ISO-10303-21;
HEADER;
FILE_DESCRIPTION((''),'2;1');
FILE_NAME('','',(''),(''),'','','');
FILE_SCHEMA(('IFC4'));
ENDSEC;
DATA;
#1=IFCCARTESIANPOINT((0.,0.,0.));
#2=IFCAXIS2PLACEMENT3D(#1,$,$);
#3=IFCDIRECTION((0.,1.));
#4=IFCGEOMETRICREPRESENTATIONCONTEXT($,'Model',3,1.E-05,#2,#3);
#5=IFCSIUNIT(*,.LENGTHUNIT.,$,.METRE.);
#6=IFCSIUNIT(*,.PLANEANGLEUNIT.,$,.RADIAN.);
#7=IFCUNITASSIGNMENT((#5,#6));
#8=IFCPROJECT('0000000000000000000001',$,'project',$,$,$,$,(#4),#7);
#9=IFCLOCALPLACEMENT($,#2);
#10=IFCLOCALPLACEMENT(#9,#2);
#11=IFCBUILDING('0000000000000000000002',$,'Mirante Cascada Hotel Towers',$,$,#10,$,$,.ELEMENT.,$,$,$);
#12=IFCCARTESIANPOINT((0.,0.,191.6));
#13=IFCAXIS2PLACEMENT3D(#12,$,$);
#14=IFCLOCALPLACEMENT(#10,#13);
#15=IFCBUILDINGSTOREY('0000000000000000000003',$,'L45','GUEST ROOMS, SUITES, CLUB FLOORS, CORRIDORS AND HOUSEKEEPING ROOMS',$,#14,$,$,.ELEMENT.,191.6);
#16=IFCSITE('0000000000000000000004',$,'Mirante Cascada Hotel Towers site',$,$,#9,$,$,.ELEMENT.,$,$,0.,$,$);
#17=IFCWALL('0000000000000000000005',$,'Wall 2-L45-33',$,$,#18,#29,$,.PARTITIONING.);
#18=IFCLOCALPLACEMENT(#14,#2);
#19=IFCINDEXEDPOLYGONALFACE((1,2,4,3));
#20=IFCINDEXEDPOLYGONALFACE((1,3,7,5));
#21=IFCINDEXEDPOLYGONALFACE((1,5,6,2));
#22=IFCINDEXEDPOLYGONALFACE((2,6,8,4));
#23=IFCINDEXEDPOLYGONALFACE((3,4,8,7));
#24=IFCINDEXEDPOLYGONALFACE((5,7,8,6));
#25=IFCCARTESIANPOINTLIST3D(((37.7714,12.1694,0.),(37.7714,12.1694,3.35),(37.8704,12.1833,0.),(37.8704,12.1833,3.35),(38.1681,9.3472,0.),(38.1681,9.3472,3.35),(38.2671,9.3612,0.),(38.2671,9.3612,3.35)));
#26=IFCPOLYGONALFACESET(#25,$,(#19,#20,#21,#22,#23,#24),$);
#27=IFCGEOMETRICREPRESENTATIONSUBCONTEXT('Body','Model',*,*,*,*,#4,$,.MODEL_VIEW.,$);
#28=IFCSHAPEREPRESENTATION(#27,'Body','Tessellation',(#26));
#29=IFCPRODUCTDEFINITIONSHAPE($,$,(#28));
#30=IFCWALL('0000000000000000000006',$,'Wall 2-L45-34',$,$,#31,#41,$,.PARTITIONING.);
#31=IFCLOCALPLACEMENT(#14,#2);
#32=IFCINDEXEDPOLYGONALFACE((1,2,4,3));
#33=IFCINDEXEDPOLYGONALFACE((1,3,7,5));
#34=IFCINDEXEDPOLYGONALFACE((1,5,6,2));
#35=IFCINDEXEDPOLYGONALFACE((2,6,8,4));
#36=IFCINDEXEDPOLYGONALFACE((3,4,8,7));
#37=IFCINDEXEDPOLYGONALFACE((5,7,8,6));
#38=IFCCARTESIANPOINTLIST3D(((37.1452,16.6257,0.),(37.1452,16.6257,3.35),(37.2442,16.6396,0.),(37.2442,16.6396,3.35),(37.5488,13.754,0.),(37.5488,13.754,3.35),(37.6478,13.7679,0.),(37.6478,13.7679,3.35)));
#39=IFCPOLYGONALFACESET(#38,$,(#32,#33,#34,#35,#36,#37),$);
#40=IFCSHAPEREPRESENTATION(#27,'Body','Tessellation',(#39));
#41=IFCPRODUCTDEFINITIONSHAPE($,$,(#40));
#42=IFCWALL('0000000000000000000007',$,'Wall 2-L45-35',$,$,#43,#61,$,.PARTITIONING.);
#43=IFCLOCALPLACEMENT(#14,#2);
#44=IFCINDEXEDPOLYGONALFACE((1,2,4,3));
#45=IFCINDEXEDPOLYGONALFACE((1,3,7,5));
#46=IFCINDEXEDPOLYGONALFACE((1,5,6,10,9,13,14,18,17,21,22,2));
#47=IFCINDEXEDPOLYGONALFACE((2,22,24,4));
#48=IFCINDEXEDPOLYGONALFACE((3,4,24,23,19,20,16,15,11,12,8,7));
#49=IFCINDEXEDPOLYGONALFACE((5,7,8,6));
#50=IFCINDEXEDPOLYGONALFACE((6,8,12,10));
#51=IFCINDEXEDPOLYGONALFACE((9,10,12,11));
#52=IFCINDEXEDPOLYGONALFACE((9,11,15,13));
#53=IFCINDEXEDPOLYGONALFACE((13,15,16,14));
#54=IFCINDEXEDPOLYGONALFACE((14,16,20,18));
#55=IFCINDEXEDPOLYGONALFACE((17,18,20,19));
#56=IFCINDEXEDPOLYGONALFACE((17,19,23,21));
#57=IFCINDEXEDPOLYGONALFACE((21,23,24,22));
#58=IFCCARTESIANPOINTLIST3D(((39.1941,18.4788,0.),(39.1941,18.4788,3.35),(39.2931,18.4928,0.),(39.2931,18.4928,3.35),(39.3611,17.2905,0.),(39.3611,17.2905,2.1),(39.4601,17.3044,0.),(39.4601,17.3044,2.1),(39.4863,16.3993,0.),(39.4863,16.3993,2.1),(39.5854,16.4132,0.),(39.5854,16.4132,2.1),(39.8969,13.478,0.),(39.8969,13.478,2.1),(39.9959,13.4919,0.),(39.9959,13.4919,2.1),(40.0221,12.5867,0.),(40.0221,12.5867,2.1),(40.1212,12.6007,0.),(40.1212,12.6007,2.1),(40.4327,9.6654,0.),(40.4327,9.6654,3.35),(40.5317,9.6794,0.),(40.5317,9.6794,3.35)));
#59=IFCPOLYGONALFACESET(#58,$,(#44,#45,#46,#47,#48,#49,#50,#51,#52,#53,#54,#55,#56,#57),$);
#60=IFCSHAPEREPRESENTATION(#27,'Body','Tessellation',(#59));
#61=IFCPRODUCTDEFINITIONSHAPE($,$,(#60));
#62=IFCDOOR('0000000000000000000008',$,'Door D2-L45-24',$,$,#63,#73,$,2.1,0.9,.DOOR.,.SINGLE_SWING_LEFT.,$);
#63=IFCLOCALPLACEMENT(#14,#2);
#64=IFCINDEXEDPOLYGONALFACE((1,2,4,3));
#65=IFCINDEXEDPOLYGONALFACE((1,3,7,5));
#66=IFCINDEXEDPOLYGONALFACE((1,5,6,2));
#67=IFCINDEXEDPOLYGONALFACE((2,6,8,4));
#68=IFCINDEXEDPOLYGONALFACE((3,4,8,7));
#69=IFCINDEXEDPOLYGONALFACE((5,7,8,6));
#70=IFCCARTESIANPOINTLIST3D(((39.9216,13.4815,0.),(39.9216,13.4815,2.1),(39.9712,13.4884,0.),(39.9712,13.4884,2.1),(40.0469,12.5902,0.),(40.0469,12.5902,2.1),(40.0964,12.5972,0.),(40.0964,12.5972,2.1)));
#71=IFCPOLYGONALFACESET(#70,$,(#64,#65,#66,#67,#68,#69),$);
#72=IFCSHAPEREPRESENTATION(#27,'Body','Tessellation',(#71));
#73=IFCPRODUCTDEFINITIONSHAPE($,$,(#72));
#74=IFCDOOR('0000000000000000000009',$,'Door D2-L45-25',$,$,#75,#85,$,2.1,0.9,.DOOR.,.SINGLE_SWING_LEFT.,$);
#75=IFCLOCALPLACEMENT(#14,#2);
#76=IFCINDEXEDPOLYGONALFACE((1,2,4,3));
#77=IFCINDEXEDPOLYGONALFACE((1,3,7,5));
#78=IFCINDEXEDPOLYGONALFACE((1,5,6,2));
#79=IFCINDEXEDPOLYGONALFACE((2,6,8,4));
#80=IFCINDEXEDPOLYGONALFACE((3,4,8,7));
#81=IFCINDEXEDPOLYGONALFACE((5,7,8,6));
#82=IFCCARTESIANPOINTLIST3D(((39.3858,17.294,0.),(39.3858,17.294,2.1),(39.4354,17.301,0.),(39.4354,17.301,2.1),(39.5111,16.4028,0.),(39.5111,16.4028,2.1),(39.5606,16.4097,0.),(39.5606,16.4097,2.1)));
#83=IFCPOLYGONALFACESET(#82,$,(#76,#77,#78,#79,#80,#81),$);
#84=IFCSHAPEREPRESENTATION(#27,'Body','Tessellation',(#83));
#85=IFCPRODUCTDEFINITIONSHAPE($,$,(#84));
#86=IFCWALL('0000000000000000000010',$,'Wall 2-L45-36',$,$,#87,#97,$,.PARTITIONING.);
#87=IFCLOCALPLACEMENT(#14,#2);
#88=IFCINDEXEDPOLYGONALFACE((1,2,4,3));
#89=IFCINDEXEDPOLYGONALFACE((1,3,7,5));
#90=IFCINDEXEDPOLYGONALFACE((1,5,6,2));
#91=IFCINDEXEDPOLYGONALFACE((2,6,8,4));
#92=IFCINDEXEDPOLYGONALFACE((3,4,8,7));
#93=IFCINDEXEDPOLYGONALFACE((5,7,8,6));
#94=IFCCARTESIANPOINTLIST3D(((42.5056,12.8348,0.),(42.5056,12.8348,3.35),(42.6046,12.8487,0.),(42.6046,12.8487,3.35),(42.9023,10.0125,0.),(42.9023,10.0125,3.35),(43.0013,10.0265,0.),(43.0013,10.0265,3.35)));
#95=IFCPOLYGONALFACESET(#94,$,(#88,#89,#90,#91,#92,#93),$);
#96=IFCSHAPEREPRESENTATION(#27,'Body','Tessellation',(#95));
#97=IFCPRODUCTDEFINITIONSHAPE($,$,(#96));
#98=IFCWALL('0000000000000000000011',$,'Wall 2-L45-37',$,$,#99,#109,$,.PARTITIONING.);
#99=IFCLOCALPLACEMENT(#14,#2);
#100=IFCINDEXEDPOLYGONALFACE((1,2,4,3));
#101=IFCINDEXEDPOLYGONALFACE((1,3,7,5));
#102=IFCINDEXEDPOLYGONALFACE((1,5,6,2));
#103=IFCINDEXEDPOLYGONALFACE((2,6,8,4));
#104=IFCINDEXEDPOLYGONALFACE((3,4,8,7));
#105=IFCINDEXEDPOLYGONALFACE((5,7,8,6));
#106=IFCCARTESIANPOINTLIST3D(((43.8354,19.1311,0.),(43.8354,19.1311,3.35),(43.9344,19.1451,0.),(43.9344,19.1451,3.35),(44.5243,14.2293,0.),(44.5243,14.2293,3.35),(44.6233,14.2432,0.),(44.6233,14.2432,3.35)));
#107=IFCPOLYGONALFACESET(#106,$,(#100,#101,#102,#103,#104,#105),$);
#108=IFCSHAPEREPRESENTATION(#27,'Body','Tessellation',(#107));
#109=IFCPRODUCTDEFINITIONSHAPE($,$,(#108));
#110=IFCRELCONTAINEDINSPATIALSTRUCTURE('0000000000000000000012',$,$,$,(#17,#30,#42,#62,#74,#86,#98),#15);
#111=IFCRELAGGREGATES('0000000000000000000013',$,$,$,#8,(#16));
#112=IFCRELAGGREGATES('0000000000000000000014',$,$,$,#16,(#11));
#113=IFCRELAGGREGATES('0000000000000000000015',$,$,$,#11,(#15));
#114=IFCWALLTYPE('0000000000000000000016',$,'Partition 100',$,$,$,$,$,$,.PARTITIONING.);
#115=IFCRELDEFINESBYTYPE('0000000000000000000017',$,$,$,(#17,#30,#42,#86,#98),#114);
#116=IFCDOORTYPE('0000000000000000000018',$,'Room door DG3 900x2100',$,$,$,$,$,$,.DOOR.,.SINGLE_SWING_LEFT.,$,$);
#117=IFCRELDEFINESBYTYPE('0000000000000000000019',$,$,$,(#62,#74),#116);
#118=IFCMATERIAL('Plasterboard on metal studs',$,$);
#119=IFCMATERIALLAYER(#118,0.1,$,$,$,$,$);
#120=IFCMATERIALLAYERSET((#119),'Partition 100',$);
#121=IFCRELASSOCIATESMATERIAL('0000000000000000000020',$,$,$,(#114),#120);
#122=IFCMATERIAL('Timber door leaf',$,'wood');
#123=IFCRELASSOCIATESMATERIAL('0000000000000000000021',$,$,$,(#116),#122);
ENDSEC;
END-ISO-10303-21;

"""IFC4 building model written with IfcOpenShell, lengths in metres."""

from ifc_helpers import new_model, si_unit, direction, frame, frame_2d, origin, place, context, subcontext, project, spatial, rectangle, extrude, material, layer, layer_set, type_object, element, fill, save


model = new_model("IFC4")

# Units and contexts
model_context = context("Model", 3, precision=1e-05, world=origin(), true_north=direction((0.0, 1.0)))
body_context = subcontext(model_context, "Body", "Model", "MODEL_VIEW")
ifc_project = project(units=[si_unit("LENGTHUNIT", "METRE"), si_unit("PLANEANGLEUNIT", "RADIAN")], contexts=[model_context])

# Site, building, storey
site_placement = place(None, origin())
site = spatial("IfcSite", under=ifc_project, at=site_placement, Name="Mirante Cascada Hotel Towers site", CompositionType="ELEMENT", RefElevation=0.0)
building_placement = place(site_placement, origin())
building = spatial("IfcBuilding", under=site, at=building_placement, Name="Mirante Cascada Hotel Towers", CompositionType="ELEMENT")
storey_placement = place(building_placement, frame((0.0, 0.0, 191.6)))
storey = spatial("IfcBuildingStorey", under=building, at=storey_placement, Name="L45", Description="GUEST ROOMS, SUITES, CLUB FLOORS, CORRIDORS AND HOUSEKEEPING ROOMS", CompositionType="ELEMENT", Elevation=191.6)

# Shared definitions
ifc_material_1 = material(Name="Plasterboard on metal studs")
ifc_layer_1 = layer(ifc_material_1, 0.1)
ifc_layer_set_1 = layer_set([ifc_layer_1], Name="Partition 100")
wall_type_1 = type_object("IfcWallType", Name="Partition 100", PredefinedType="PARTITIONING", material=ifc_layer_set_1)

# Shared definitions
ifc_material_2 = material(Name="Timber door leaf", Category="wood")
door_type_1 = type_object("IfcDoorType", Name="Room door DG3 900x2100", OperationType="SINGLE_SWING_LEFT", PredefinedType="DOOR", material=ifc_material_2)

# Walls
wall_1_placement = place(storey_placement, frame((37.8209, 12.1764, 0.0), z_axis=(0.0, 0.0, 1.0), x_axis=(0.139196, -0.990265, 0.0)))
element("IfcWall", 1, at=wall_1_placement, inside=storey, type_object=wall_type_1, Name="Wall 2-L45-33", PredefinedType="PARTITIONING", context=body_context, shape_type="SweptSolid", body=[
    extrude(rectangle(XDim=2.8499, YDim=0.1, at=frame_2d((1.425, 0.0))), origin(), (0.0, 0.0, 1.0), 3.35),
])
wall_2_placement = place(storey_placement, frame((37.5983, 13.7609, 0.0), z_axis=(0.0, 0.0, 1.0), x_axis=(-0.139176, 0.990268, 0.0)))
element("IfcWall", 2, at=wall_2_placement, inside=storey, type_object=wall_type_1, Name="Wall 2-L45-34", PredefinedType="PARTITIONING", context=body_context, shape_type="SweptSolid", body=[
    extrude(rectangle(XDim=2.8999, YDim=0.1, at=frame_2d((1.45, 0.0))), origin(), (0.0, 0.0, 1.0), 3.35),
])

# Wall, openings, doors
wall_3_placement = place(storey_placement, frame((39.2436, 18.4858, 0.0), z_axis=(0.0, 0.0, 1.0), x_axis=(0.139168, -0.990269, 0.0)))
wall_3 = element("IfcWall", 3, at=wall_3_placement, inside=storey, type_object=wall_type_1, Name="Wall 2-L45-35", PredefinedType="PARTITIONING", context=body_context, shape_type="SweptSolid", body=[
    extrude(rectangle(XDim=8.9, YDim=0.1, at=frame_2d((4.45, 0.0))), origin(), (0.0, 0.0, 1.0), 3.35),
])
opening_1_placement = place(wall_3_placement, frame((5.05, 0.0, 0.0)))
opening_1 = element("IfcOpeningElement", 4, at=opening_1_placement, cuts=wall_3, PredefinedType="OPENING", context=body_context, shape_type="SweptSolid", body=[
    extrude(rectangle(XDim=0.9, YDim=2.1, at=frame_2d((0.45, 1.05))), frame((0.0, 0.05, 0.0), z_axis=(0.0, -1.0, 0.0), x_axis=(1.0, 0.0, 0.0)), (0.0, 0.0, 1.0), 0.1),
])
opening_2_placement = place(wall_3_placement, frame((1.2, 0.0, 0.0)))
opening_2 = element("IfcOpeningElement", 5, at=opening_2_placement, cuts=wall_3, PredefinedType="OPENING", context=body_context, shape_type="SweptSolid", body=[
    extrude(rectangle(XDim=0.9, YDim=2.1, at=frame_2d((0.45, 1.05))), frame((0.0, 0.05, 0.0), z_axis=(0.0, -1.0, 0.0), x_axis=(1.0, 0.0, 0.0)), (0.0, 0.0, 1.0), 0.1),
])
door_1_placement = place(opening_1_placement, origin())
door_1 = element("IfcDoor", 6, at=door_1_placement, inside=storey, type_object=door_type_1, Name="Door D2-L45-24", OperationType="SINGLE_SWING_LEFT", OverallHeight=2.1, OverallWidth=0.9, PredefinedType="DOOR", context=body_context, shape_type="SweptSolid", body=[
    extrude(rectangle(XDim=0.9, YDim=2.1, at=frame_2d((0.45, 1.05))), frame((0.0, 0.025, 0.0), z_axis=(0.0, -1.0, 0.0), x_axis=(1.0, 0.0, 0.0)), (0.0, 0.0, 1.0), 0.05),
])
fill(opening_1, door_1)
door_2_placement = place(opening_2_placement, origin())
door_2 = element("IfcDoor", 7, at=door_2_placement, inside=storey, type_object=door_type_1, Name="Door D2-L45-25", OperationType="SINGLE_SWING_LEFT", OverallHeight=2.1, OverallWidth=0.9, PredefinedType="DOOR", context=body_context, shape_type="SweptSolid", body=[
    extrude(rectangle(XDim=0.9, YDim=2.1, at=frame_2d((0.45, 1.05))), frame((0.0, 0.025, 0.0), z_axis=(0.0, -1.0, 0.0), x_axis=(1.0, 0.0, 0.0)), (0.0, 0.0, 1.0), 0.05),
])
fill(opening_2, door_2)

# Walls
wall_4_placement = place(storey_placement, frame((42.9518, 10.0195, 0.0), z_axis=(0.0, 0.0, 1.0), x_axis=(-0.139191, 0.990266, 0.0)))
element("IfcWall", 8, at=wall_4_placement, inside=storey, type_object=wall_type_1, Name="Wall 2-L45-36", PredefinedType="PARTITIONING", context=body_context, shape_type="SweptSolid", body=[
    extrude(rectangle(XDim=2.85, YDim=0.1, at=frame_2d((1.425, 0.0))), origin(), (0.0, 0.0, 1.0), 3.35),
])
wall_5_placement = place(storey_placement, frame((43.8849, 19.1381, 0.0), z_axis=(0.0, 0.0, 1.0), x_axis=(0.139173, -0.990268, 0.0)))
element("IfcWall", 9, at=wall_5_placement, inside=storey, type_object=wall_type_1, Name="Wall 2-L45-37", PredefinedType="PARTITIONING", context=body_context, shape_type="SweptSolid", body=[
    extrude(rectangle(XDim=4.95, YDim=0.1, at=frame_2d((2.475, 0.0))), origin(), (0.0, 0.0, 1.0), 3.35),
])

save(model, "model.ifc")
